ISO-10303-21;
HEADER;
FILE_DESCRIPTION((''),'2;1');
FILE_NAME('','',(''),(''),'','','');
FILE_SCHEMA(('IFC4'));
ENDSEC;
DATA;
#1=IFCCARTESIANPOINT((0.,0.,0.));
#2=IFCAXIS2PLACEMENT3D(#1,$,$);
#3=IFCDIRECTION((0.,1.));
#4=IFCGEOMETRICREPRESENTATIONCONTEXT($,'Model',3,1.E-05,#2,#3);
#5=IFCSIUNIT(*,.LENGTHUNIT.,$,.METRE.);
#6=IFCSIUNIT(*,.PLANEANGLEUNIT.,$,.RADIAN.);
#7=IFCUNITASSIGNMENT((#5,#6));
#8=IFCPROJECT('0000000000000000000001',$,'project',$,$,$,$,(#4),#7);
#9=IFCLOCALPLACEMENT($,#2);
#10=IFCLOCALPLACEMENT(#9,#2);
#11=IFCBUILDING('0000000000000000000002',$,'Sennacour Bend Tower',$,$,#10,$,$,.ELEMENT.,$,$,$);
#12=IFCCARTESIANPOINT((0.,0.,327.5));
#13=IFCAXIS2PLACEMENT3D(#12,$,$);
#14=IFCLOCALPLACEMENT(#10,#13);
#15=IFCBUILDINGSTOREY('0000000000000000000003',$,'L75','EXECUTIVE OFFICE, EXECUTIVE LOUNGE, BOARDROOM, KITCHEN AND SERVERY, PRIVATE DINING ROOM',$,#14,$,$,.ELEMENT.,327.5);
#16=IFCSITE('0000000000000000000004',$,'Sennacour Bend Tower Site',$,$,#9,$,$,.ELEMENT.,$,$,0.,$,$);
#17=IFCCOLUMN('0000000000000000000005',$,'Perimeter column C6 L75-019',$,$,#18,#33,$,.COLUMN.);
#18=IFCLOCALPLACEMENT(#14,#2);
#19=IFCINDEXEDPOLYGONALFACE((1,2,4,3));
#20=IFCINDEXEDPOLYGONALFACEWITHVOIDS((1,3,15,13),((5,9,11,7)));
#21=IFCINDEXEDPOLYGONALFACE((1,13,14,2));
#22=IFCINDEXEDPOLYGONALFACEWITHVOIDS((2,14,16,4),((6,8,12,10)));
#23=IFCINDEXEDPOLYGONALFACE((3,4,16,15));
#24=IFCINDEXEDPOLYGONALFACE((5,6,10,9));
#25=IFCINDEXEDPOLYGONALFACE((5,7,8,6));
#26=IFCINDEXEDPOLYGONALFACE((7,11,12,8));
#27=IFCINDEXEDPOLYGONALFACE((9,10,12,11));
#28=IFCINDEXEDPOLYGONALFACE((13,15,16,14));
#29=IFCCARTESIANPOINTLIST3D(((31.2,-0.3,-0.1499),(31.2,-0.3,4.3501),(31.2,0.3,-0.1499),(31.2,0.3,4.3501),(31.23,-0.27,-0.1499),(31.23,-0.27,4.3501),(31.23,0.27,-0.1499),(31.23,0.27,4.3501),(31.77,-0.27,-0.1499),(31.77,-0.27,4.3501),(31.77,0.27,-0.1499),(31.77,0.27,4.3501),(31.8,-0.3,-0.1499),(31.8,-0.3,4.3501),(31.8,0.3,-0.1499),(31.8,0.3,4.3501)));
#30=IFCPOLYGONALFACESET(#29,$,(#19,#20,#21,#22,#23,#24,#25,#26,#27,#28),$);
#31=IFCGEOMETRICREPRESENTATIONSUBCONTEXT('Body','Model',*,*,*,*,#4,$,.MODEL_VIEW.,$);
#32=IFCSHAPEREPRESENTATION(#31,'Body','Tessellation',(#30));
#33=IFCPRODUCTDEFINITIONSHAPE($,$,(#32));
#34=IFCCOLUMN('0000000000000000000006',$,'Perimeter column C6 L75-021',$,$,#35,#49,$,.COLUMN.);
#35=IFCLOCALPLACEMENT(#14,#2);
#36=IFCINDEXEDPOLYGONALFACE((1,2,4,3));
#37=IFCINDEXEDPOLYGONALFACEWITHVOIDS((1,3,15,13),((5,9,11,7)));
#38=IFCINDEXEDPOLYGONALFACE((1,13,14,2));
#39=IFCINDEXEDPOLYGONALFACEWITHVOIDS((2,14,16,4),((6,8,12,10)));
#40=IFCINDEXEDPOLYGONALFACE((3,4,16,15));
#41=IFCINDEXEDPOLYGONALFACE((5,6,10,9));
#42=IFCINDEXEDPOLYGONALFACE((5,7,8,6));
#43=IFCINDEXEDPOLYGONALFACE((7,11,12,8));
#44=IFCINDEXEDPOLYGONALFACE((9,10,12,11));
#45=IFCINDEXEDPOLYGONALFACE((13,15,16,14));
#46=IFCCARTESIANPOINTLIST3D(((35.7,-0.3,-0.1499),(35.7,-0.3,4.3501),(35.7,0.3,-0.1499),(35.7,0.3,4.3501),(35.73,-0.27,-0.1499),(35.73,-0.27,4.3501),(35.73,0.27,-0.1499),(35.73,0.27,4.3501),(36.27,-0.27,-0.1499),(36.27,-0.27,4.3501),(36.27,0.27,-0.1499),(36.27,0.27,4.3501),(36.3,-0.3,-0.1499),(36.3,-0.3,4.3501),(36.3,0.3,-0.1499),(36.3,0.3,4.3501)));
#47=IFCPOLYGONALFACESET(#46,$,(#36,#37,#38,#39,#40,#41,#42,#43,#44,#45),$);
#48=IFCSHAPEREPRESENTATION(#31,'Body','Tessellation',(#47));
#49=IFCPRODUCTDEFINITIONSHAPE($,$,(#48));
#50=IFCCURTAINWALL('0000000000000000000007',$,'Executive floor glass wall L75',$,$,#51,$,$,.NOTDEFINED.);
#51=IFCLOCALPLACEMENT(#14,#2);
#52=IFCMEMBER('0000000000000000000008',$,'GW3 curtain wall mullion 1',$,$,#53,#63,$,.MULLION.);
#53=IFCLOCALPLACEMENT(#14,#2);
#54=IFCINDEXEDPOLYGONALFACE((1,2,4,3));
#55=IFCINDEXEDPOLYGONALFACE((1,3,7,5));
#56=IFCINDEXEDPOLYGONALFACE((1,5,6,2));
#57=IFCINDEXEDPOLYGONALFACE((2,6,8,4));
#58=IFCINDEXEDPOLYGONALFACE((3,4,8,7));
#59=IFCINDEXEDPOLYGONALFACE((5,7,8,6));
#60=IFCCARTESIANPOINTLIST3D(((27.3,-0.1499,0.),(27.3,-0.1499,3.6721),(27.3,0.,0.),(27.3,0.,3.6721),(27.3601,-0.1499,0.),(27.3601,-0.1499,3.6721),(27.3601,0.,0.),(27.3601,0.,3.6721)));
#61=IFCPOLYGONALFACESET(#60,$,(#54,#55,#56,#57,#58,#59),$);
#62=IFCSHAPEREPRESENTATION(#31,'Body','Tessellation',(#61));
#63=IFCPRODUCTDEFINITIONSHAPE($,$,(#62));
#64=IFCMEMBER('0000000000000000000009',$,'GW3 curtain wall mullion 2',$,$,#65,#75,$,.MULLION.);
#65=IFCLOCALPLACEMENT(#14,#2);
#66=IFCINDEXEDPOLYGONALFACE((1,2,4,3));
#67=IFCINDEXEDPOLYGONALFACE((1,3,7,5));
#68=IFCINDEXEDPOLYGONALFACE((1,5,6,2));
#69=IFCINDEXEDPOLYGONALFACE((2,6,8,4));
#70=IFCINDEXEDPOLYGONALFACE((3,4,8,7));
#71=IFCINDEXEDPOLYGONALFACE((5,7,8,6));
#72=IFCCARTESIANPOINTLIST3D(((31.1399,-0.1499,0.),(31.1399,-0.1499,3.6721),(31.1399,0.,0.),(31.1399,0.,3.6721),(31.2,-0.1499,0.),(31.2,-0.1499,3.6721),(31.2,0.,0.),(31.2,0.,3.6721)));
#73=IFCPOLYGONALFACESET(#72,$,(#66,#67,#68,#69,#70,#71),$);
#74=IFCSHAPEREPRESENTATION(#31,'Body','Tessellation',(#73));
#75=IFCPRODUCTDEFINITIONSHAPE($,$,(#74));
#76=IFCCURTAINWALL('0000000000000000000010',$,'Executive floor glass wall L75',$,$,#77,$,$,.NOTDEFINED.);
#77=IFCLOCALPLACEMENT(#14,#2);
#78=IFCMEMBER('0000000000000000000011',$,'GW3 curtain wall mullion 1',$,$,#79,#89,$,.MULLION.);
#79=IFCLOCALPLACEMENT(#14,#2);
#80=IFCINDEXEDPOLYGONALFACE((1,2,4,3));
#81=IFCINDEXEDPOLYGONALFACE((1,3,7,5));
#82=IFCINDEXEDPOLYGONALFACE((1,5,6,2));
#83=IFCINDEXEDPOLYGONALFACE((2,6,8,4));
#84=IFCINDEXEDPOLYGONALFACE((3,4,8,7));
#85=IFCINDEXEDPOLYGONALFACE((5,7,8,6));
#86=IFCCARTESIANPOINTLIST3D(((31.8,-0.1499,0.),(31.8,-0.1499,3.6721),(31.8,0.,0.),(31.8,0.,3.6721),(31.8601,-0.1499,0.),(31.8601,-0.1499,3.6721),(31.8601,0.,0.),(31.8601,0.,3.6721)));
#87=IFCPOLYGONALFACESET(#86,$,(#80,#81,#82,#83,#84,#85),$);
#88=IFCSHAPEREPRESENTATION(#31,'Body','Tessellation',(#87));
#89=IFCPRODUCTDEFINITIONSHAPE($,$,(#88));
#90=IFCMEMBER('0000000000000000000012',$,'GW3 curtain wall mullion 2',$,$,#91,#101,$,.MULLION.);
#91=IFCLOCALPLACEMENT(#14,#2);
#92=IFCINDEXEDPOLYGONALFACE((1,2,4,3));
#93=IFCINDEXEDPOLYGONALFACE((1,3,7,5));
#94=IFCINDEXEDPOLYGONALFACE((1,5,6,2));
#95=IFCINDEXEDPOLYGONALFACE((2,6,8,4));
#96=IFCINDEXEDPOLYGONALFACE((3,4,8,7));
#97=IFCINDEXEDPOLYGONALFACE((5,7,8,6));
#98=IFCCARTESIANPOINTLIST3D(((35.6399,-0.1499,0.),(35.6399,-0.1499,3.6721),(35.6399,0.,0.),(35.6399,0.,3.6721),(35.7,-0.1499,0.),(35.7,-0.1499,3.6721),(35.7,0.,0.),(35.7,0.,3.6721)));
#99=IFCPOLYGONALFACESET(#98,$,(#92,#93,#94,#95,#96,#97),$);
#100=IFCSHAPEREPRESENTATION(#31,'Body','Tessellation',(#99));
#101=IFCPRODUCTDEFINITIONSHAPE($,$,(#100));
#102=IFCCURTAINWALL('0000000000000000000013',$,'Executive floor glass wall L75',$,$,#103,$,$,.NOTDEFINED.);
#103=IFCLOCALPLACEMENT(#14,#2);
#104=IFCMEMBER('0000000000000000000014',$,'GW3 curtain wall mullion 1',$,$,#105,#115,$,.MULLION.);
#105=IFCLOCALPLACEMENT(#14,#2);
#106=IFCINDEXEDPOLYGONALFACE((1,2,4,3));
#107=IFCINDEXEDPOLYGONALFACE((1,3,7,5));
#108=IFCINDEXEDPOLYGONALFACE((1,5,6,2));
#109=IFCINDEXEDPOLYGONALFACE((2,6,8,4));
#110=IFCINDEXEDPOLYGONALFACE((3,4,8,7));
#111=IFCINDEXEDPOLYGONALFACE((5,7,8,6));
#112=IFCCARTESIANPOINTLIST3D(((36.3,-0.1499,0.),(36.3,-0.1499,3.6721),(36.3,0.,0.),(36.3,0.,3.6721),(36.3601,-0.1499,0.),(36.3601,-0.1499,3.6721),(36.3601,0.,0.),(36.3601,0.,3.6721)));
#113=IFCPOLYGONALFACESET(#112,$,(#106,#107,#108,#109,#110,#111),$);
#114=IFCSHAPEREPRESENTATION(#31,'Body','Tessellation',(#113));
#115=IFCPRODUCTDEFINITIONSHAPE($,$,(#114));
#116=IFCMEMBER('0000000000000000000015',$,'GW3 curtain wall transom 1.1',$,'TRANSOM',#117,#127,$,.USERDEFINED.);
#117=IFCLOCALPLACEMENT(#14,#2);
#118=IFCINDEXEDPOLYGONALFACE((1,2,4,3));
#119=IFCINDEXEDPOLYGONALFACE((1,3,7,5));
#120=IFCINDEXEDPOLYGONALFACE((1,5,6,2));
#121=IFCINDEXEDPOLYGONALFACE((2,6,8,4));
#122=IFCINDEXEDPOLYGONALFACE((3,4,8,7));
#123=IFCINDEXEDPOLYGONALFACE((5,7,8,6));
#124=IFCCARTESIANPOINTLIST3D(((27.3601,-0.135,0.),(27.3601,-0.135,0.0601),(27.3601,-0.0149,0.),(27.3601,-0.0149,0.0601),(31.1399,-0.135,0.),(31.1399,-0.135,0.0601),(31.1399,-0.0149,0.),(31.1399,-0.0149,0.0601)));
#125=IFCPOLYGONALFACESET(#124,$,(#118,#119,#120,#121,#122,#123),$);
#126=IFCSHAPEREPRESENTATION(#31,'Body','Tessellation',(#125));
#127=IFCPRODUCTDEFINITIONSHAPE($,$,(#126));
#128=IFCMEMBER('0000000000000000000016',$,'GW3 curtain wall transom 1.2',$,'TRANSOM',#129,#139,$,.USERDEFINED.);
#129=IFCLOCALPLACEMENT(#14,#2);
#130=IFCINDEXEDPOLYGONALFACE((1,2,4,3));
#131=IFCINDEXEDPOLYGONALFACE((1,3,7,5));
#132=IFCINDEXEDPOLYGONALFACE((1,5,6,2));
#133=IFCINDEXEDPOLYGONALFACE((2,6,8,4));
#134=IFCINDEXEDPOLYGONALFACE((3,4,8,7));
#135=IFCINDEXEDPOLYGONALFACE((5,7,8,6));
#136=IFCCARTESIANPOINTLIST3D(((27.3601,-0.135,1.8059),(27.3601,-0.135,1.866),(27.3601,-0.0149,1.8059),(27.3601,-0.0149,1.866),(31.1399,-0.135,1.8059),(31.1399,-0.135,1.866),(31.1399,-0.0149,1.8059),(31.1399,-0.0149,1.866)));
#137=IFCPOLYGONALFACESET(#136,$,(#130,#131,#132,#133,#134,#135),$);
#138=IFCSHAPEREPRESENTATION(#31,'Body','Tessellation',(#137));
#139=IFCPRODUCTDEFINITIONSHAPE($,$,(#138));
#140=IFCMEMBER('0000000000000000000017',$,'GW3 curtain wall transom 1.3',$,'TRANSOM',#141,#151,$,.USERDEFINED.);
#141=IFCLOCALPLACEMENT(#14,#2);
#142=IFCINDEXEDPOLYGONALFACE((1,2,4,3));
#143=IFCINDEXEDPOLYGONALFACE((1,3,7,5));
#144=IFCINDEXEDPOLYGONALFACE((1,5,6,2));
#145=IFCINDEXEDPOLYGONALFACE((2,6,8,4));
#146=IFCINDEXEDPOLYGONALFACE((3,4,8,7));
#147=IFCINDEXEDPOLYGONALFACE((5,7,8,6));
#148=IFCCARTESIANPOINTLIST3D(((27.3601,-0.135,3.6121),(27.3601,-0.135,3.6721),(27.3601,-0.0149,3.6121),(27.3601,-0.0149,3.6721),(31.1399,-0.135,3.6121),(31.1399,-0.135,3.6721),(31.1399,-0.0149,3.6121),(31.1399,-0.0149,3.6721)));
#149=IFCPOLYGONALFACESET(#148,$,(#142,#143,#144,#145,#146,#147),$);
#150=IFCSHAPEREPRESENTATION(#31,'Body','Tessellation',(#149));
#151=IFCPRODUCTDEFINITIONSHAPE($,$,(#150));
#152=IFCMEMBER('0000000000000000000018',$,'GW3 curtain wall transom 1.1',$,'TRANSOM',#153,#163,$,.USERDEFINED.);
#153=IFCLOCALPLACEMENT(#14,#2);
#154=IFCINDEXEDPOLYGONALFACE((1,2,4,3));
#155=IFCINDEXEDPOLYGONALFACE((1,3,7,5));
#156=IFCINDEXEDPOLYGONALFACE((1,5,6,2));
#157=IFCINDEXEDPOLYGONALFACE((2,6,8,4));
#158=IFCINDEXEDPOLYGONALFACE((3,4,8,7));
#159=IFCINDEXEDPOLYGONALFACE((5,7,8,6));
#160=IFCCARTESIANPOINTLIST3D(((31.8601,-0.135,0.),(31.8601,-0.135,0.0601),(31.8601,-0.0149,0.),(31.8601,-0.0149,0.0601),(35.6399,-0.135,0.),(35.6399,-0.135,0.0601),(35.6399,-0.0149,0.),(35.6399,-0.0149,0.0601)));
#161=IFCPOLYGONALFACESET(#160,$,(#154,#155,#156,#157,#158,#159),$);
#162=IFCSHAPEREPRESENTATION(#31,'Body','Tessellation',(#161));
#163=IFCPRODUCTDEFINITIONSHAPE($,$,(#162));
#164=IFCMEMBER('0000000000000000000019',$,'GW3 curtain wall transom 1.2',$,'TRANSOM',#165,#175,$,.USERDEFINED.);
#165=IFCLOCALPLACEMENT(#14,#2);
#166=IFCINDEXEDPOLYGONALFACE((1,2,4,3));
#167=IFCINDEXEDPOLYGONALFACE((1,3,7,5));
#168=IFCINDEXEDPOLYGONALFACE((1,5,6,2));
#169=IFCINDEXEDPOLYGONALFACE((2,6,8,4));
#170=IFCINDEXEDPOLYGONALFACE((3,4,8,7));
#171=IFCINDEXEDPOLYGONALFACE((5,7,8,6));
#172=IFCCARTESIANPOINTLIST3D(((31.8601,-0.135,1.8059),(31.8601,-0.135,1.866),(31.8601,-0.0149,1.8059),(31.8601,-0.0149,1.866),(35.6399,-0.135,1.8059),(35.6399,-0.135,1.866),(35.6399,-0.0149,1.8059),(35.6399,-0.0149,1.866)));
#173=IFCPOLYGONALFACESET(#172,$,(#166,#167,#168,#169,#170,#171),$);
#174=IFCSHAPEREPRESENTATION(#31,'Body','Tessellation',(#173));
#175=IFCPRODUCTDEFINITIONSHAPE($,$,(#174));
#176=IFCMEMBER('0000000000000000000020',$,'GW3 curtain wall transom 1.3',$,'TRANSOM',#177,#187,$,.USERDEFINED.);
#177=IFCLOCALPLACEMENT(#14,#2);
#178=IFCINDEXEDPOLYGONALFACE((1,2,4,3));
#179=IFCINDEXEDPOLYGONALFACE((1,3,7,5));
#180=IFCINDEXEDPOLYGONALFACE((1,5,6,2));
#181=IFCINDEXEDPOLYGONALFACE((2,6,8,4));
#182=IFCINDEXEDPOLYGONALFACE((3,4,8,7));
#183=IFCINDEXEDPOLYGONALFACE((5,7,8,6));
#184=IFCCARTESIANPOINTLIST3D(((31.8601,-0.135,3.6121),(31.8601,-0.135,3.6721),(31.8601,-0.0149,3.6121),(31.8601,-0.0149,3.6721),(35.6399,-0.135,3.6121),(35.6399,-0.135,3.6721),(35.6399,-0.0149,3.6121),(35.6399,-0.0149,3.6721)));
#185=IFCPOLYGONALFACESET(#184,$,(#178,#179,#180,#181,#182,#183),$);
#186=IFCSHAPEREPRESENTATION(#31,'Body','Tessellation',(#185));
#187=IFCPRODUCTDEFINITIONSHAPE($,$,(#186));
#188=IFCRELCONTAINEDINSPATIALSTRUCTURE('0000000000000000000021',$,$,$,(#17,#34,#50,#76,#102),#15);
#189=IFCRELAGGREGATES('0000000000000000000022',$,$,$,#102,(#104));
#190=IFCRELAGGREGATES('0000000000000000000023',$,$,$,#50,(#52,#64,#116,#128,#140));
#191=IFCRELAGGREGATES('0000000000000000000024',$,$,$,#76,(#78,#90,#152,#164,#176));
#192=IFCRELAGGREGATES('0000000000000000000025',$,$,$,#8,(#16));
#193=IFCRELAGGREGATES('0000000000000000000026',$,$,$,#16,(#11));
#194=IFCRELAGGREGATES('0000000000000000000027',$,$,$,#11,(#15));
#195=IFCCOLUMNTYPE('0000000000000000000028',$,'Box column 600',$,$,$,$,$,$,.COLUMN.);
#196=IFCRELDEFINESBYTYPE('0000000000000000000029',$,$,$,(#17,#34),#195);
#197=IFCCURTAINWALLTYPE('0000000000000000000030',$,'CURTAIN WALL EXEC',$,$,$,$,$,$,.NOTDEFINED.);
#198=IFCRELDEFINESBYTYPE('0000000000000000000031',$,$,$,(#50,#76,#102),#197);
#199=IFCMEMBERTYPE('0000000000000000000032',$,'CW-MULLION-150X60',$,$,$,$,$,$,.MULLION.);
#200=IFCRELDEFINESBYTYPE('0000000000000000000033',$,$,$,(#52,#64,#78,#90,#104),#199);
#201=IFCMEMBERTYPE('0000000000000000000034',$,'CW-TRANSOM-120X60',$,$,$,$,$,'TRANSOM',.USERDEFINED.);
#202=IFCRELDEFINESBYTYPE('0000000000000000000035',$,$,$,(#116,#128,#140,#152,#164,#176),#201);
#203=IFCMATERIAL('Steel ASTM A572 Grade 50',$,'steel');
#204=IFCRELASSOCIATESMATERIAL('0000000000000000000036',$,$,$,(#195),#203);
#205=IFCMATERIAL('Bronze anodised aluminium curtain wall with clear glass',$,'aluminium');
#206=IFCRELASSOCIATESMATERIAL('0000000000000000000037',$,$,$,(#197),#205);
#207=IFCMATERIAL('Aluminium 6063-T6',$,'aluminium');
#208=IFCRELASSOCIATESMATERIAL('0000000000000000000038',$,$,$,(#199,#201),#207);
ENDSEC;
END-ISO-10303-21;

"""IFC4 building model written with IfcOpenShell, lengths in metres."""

from ifc_helpers import new_model, si_unit, direction, frame, origin, origin_2d, place, context, subcontext, project, spatial, rectangle, hollow_rectangle, extrude, material, material_profile, profile_set, type_object, element, aggregate, save


model = new_model("IFC4")

# Units and contexts
model_context = context("Model", 3, precision=1e-05, world=origin(), true_north=direction((0.0, 1.0)))
body_context = subcontext(model_context, "Body", "Model", "MODEL_VIEW")
ifc_project = project(units=[si_unit("LENGTHUNIT", "METRE"), si_unit("PLANEANGLEUNIT", "RADIAN")], contexts=[model_context])

# Site, building, storey
site_placement = place(None, origin())
site = spatial("IfcSite", under=ifc_project, at=site_placement, Name="Sennacour Bend Tower Site", CompositionType="ELEMENT", RefElevation=0.0)
building_placement = place(site_placement, origin())
building = spatial("IfcBuilding", under=site, at=building_placement, Name="Sennacour Bend Tower", CompositionType="ELEMENT")
storey_placement = place(building_placement, frame((0.0, 0.0, 327.5)))
storey = spatial("IfcBuildingStorey", under=building, at=storey_placement, Name="L75", Description="EXECUTIVE OFFICE, EXECUTIVE LOUNGE, BOARDROOM, KITCHEN AND SERVERY, PRIVATE DINING ROOM", CompositionType="ELEMENT", Elevation=327.5)

# Columns
ifc_material_1 = material(Name="Steel ASTM A572 Grade 50", Category="steel")
ifc_material_profile_1 = material_profile(ifc_material_1, hollow_rectangle(XDim=0.6001, YDim=0.6001, WallThickness=0.03, at=origin_2d()), Name="Steel ASTM A572 Grade 50", Category="steel")
ifc_profile_set_1 = profile_set([ifc_material_profile_1], Name="Steel ASTM A572 Grade 50")
column_type = type_object("IfcColumnType", Name="Box column 600", PredefinedType="COLUMN", material=ifc_profile_set_1)
for number, where, z_axis, x_axis, name in (
    (1, (31.5, 0.0, -0.1499), (0.0, 0.0, 1.0), (1.0, 0.0, 0.0), "Perimeter column C6 L75-019"),
    (2, (36.0, 0.0, -0.1499), (0.0, 0.0, 1.0), (1.0, 0.0, 0.0), "Perimeter column C6 L75-021"),
):
    element("IfcColumn", number, at=place(storey_placement, frame(where, z_axis=z_axis, x_axis=x_axis)), inside=storey, type_object=column_type, Name=name, PredefinedType="COLUMN", context=body_context, shape_type="SweptSolid", body=[
        extrude(hollow_rectangle(XDim=0.6001, YDim=0.6001, WallThickness=0.03, at=origin_2d()), origin(), (0.0, 0.0, 1.0), 4.5),
    ])

# Curtain walls, members
ifc_material_2 = material(Name="Bronze anodised aluminium curtain wall with clear glass", Category="aluminium")
curtain_wall_type = type_object("IfcCurtainWallType", Name="CURTAIN WALL EXEC", PredefinedType="NOTDEFINED", material=ifc_material_2)
curtain_wall_1_placement = place(storey_placement, origin())
curtain_wall_1 = element("IfcCurtainWall", 3, at=curtain_wall_1_placement, inside=storey, type_object=curtain_wall_type, Name="Executive floor glass wall L75", PredefinedType="NOTDEFINED")
ifc_material_3 = material(Name="Aluminium 6063-T6", Category="aluminium")
ifc_material_profile_2 = material_profile(ifc_material_3, rectangle(XDim=0.1499, YDim=0.0601, at=origin_2d()), Name="Aluminium 6063-T6", Category="aluminium")
ifc_profile_set_2 = profile_set([ifc_material_profile_2], Name="Aluminium 6063-T6")
member_type_1 = type_object("IfcMemberType", Name="CW-MULLION-150X60", PredefinedType="MULLION", material=ifc_profile_set_2)
member_1_placement = place(storey_placement, frame((27.3301, -0.075, 0.0), z_axis=(0.0, 0.0, 1.0), x_axis=(0.0, 1.0, 0.0)))
member_1 = element("IfcMember", 4, at=member_1_placement, type_object=member_type_1, Name="GW3 curtain wall mullion 1", PredefinedType="MULLION", context=body_context, shape_type="SweptSolid", body=[
    extrude(rectangle(XDim=0.1499, YDim=0.0601, at=origin_2d()), origin(), (0.0, 0.0, 1.0), 3.6721),
])
member_2_placement = place(storey_placement, frame((31.1699, -0.075, 0.0), z_axis=(0.0, 0.0, 1.0), x_axis=(0.0, 1.0, 0.0)))
member_2 = element("IfcMember", 5, at=member_2_placement, type_object=member_type_1, Name="GW3 curtain wall mullion 2", PredefinedType="MULLION", context=body_context, shape_type="SweptSolid", body=[
    extrude(rectangle(XDim=0.1499, YDim=0.0601, at=origin_2d()), origin(), (0.0, 0.0, 1.0), 3.6721),
])
curtain_wall_2_placement = place(storey_placement, origin())
curtain_wall_2 = element("IfcCurtainWall", 6, at=curtain_wall_2_placement, inside=storey, type_object=curtain_wall_type, Name="Executive floor glass wall L75", PredefinedType="NOTDEFINED")
member_3_placement = place(storey_placement, frame((31.8301, -0.075, 0.0), z_axis=(0.0, 0.0, 1.0), x_axis=(0.0, 1.0, 0.0)))
member_3 = element("IfcMember", 7, at=member_3_placement, type_object=member_type_1, Name="GW3 curtain wall mullion 1", PredefinedType="MULLION", context=body_context, shape_type="SweptSolid", body=[
    extrude(rectangle(XDim=0.1499, YDim=0.0601, at=origin_2d()), origin(), (0.0, 0.0, 1.0), 3.6721),
])
member_4_placement = place(storey_placement, frame((35.6699, -0.075, 0.0), z_axis=(0.0, 0.0, 1.0), x_axis=(0.0, 1.0, 0.0)))
member_4 = element("IfcMember", 8, at=member_4_placement, type_object=member_type_1, Name="GW3 curtain wall mullion 2", PredefinedType="MULLION", context=body_context, shape_type="SweptSolid", body=[
    extrude(rectangle(XDim=0.1499, YDim=0.0601, at=origin_2d()), origin(), (0.0, 0.0, 1.0), 3.6721),
])

# Curtain wall, member
curtain_wall_3_placement = place(storey_placement, origin())
curtain_wall_3 = element("IfcCurtainWall", 9, at=curtain_wall_3_placement, inside=storey, type_object=curtain_wall_type, Name="Executive floor glass wall L75", PredefinedType="NOTDEFINED")
member_5_placement = place(storey_placement, frame((36.3301, -0.075, 0.0), z_axis=(0.0, 0.0, 1.0), x_axis=(0.0, 1.0, 0.0)))
member_5 = element("IfcMember", 10, at=member_5_placement, type_object=member_type_1, Name="GW3 curtain wall mullion 1", PredefinedType="MULLION", context=body_context, shape_type="SweptSolid", body=[
    extrude(rectangle(XDim=0.1499, YDim=0.0601, at=origin_2d()), origin(), (0.0, 0.0, 1.0), 3.6721),
])
aggregate(curtain_wall_3, [member_5])

# Members
ifc_material_profile_3 = material_profile(ifc_material_3, rectangle(XDim=0.1201, YDim=0.0601, at=origin_2d()), Name="Aluminium 6063-T6", Category="aluminium")
ifc_profile_set_3 = profile_set([ifc_material_profile_3], Name="Aluminium 6063-T6")
member_type_2 = type_object("IfcMemberType", Name="CW-TRANSOM-120X60", ElementType="TRANSOM", PredefinedType="USERDEFINED", material=ifc_profile_set_3)
member_6_placement = place(storey_placement, frame((27.3601, -0.075, 0.03), z_axis=(1.0, 0.0, 0.0), x_axis=(0.0, 1.0, 0.0)))
member_6 = element("IfcMember", 11, at=member_6_placement, type_object=member_type_2, Name="GW3 curtain wall transom 1.1", ObjectType="TRANSOM", PredefinedType="USERDEFINED", context=body_context, shape_type="SweptSolid", body=[
    extrude(rectangle(XDim=0.1201, YDim=0.0601, at=origin_2d()), origin(), (0.0, 0.0, 1.0), 3.7798),
])
member_7_placement = place(storey_placement, frame((27.3601, -0.075, 1.8359), z_axis=(1.0, 0.0, 0.0), x_axis=(0.0, 1.0, 0.0)))
member_7 = element("IfcMember", 12, at=member_7_placement, type_object=member_type_2, Name="GW3 curtain wall transom 1.2", ObjectType="TRANSOM", PredefinedType="USERDEFINED", context=body_context, shape_type="SweptSolid", body=[
    extrude(rectangle(XDim=0.1201, YDim=0.0601, at=origin_2d()), origin(), (0.0, 0.0, 1.0), 3.7798),
])
member_8_placement = place(storey_placement, frame((27.3601, -0.075, 3.6421), z_axis=(1.0, 0.0, 0.0), x_axis=(0.0, 1.0, 0.0)))
member_8 = element("IfcMember", 13, at=member_8_placement, type_object=member_type_2, Name="GW3 curtain wall transom 1.3", ObjectType="TRANSOM", PredefinedType="USERDEFINED", context=body_context, shape_type="SweptSolid", body=[
    extrude(rectangle(XDim=0.1201, YDim=0.0601, at=origin_2d()), origin(), (0.0, 0.0, 1.0), 3.7798),
])
member_9_placement = place(storey_placement, frame((31.8601, -0.075, 0.03), z_axis=(1.0, 0.0, 0.0), x_axis=(0.0, 1.0, 0.0)))
member_9 = element("IfcMember", 14, at=member_9_placement, type_object=member_type_2, Name="GW3 curtain wall transom 1.1", ObjectType="TRANSOM", PredefinedType="USERDEFINED", context=body_context, shape_type="SweptSolid", body=[
    extrude(rectangle(XDim=0.1201, YDim=0.0601, at=origin_2d()), origin(), (0.0, 0.0, 1.0), 3.7798),
])
member_10_placement = place(storey_placement, frame((31.8601, -0.075, 1.8359), z_axis=(1.0, 0.0, 0.0), x_axis=(0.0, 1.0, 0.0)))
member_10 = element("IfcMember", 15, at=member_10_placement, type_object=member_type_2, Name="GW3 curtain wall transom 1.2", ObjectType="TRANSOM", PredefinedType="USERDEFINED", context=body_context, shape_type="SweptSolid", body=[
    extrude(rectangle(XDim=0.1201, YDim=0.0601, at=origin_2d()), origin(), (0.0, 0.0, 1.0), 3.7798),
])
member_11_placement = place(storey_placement, frame((31.8601, -0.075, 3.6421), z_axis=(1.0, 0.0, 0.0), x_axis=(0.0, 1.0, 0.0)))
member_11 = element("IfcMember", 16, at=member_11_placement, type_object=member_type_2, Name="GW3 curtain wall transom 1.3", ObjectType="TRANSOM", PredefinedType="USERDEFINED", context=body_context, shape_type="SweptSolid", body=[
    extrude(rectangle(XDim=0.1201, YDim=0.0601, at=origin_2d()), origin(), (0.0, 0.0, 1.0), 3.7798),
])

aggregate(curtain_wall_1, [member_1, member_2, member_6, member_7, member_8])
aggregate(curtain_wall_2, [member_3, member_4, member_9, member_10, member_11])

save(model, "model.ifc")
